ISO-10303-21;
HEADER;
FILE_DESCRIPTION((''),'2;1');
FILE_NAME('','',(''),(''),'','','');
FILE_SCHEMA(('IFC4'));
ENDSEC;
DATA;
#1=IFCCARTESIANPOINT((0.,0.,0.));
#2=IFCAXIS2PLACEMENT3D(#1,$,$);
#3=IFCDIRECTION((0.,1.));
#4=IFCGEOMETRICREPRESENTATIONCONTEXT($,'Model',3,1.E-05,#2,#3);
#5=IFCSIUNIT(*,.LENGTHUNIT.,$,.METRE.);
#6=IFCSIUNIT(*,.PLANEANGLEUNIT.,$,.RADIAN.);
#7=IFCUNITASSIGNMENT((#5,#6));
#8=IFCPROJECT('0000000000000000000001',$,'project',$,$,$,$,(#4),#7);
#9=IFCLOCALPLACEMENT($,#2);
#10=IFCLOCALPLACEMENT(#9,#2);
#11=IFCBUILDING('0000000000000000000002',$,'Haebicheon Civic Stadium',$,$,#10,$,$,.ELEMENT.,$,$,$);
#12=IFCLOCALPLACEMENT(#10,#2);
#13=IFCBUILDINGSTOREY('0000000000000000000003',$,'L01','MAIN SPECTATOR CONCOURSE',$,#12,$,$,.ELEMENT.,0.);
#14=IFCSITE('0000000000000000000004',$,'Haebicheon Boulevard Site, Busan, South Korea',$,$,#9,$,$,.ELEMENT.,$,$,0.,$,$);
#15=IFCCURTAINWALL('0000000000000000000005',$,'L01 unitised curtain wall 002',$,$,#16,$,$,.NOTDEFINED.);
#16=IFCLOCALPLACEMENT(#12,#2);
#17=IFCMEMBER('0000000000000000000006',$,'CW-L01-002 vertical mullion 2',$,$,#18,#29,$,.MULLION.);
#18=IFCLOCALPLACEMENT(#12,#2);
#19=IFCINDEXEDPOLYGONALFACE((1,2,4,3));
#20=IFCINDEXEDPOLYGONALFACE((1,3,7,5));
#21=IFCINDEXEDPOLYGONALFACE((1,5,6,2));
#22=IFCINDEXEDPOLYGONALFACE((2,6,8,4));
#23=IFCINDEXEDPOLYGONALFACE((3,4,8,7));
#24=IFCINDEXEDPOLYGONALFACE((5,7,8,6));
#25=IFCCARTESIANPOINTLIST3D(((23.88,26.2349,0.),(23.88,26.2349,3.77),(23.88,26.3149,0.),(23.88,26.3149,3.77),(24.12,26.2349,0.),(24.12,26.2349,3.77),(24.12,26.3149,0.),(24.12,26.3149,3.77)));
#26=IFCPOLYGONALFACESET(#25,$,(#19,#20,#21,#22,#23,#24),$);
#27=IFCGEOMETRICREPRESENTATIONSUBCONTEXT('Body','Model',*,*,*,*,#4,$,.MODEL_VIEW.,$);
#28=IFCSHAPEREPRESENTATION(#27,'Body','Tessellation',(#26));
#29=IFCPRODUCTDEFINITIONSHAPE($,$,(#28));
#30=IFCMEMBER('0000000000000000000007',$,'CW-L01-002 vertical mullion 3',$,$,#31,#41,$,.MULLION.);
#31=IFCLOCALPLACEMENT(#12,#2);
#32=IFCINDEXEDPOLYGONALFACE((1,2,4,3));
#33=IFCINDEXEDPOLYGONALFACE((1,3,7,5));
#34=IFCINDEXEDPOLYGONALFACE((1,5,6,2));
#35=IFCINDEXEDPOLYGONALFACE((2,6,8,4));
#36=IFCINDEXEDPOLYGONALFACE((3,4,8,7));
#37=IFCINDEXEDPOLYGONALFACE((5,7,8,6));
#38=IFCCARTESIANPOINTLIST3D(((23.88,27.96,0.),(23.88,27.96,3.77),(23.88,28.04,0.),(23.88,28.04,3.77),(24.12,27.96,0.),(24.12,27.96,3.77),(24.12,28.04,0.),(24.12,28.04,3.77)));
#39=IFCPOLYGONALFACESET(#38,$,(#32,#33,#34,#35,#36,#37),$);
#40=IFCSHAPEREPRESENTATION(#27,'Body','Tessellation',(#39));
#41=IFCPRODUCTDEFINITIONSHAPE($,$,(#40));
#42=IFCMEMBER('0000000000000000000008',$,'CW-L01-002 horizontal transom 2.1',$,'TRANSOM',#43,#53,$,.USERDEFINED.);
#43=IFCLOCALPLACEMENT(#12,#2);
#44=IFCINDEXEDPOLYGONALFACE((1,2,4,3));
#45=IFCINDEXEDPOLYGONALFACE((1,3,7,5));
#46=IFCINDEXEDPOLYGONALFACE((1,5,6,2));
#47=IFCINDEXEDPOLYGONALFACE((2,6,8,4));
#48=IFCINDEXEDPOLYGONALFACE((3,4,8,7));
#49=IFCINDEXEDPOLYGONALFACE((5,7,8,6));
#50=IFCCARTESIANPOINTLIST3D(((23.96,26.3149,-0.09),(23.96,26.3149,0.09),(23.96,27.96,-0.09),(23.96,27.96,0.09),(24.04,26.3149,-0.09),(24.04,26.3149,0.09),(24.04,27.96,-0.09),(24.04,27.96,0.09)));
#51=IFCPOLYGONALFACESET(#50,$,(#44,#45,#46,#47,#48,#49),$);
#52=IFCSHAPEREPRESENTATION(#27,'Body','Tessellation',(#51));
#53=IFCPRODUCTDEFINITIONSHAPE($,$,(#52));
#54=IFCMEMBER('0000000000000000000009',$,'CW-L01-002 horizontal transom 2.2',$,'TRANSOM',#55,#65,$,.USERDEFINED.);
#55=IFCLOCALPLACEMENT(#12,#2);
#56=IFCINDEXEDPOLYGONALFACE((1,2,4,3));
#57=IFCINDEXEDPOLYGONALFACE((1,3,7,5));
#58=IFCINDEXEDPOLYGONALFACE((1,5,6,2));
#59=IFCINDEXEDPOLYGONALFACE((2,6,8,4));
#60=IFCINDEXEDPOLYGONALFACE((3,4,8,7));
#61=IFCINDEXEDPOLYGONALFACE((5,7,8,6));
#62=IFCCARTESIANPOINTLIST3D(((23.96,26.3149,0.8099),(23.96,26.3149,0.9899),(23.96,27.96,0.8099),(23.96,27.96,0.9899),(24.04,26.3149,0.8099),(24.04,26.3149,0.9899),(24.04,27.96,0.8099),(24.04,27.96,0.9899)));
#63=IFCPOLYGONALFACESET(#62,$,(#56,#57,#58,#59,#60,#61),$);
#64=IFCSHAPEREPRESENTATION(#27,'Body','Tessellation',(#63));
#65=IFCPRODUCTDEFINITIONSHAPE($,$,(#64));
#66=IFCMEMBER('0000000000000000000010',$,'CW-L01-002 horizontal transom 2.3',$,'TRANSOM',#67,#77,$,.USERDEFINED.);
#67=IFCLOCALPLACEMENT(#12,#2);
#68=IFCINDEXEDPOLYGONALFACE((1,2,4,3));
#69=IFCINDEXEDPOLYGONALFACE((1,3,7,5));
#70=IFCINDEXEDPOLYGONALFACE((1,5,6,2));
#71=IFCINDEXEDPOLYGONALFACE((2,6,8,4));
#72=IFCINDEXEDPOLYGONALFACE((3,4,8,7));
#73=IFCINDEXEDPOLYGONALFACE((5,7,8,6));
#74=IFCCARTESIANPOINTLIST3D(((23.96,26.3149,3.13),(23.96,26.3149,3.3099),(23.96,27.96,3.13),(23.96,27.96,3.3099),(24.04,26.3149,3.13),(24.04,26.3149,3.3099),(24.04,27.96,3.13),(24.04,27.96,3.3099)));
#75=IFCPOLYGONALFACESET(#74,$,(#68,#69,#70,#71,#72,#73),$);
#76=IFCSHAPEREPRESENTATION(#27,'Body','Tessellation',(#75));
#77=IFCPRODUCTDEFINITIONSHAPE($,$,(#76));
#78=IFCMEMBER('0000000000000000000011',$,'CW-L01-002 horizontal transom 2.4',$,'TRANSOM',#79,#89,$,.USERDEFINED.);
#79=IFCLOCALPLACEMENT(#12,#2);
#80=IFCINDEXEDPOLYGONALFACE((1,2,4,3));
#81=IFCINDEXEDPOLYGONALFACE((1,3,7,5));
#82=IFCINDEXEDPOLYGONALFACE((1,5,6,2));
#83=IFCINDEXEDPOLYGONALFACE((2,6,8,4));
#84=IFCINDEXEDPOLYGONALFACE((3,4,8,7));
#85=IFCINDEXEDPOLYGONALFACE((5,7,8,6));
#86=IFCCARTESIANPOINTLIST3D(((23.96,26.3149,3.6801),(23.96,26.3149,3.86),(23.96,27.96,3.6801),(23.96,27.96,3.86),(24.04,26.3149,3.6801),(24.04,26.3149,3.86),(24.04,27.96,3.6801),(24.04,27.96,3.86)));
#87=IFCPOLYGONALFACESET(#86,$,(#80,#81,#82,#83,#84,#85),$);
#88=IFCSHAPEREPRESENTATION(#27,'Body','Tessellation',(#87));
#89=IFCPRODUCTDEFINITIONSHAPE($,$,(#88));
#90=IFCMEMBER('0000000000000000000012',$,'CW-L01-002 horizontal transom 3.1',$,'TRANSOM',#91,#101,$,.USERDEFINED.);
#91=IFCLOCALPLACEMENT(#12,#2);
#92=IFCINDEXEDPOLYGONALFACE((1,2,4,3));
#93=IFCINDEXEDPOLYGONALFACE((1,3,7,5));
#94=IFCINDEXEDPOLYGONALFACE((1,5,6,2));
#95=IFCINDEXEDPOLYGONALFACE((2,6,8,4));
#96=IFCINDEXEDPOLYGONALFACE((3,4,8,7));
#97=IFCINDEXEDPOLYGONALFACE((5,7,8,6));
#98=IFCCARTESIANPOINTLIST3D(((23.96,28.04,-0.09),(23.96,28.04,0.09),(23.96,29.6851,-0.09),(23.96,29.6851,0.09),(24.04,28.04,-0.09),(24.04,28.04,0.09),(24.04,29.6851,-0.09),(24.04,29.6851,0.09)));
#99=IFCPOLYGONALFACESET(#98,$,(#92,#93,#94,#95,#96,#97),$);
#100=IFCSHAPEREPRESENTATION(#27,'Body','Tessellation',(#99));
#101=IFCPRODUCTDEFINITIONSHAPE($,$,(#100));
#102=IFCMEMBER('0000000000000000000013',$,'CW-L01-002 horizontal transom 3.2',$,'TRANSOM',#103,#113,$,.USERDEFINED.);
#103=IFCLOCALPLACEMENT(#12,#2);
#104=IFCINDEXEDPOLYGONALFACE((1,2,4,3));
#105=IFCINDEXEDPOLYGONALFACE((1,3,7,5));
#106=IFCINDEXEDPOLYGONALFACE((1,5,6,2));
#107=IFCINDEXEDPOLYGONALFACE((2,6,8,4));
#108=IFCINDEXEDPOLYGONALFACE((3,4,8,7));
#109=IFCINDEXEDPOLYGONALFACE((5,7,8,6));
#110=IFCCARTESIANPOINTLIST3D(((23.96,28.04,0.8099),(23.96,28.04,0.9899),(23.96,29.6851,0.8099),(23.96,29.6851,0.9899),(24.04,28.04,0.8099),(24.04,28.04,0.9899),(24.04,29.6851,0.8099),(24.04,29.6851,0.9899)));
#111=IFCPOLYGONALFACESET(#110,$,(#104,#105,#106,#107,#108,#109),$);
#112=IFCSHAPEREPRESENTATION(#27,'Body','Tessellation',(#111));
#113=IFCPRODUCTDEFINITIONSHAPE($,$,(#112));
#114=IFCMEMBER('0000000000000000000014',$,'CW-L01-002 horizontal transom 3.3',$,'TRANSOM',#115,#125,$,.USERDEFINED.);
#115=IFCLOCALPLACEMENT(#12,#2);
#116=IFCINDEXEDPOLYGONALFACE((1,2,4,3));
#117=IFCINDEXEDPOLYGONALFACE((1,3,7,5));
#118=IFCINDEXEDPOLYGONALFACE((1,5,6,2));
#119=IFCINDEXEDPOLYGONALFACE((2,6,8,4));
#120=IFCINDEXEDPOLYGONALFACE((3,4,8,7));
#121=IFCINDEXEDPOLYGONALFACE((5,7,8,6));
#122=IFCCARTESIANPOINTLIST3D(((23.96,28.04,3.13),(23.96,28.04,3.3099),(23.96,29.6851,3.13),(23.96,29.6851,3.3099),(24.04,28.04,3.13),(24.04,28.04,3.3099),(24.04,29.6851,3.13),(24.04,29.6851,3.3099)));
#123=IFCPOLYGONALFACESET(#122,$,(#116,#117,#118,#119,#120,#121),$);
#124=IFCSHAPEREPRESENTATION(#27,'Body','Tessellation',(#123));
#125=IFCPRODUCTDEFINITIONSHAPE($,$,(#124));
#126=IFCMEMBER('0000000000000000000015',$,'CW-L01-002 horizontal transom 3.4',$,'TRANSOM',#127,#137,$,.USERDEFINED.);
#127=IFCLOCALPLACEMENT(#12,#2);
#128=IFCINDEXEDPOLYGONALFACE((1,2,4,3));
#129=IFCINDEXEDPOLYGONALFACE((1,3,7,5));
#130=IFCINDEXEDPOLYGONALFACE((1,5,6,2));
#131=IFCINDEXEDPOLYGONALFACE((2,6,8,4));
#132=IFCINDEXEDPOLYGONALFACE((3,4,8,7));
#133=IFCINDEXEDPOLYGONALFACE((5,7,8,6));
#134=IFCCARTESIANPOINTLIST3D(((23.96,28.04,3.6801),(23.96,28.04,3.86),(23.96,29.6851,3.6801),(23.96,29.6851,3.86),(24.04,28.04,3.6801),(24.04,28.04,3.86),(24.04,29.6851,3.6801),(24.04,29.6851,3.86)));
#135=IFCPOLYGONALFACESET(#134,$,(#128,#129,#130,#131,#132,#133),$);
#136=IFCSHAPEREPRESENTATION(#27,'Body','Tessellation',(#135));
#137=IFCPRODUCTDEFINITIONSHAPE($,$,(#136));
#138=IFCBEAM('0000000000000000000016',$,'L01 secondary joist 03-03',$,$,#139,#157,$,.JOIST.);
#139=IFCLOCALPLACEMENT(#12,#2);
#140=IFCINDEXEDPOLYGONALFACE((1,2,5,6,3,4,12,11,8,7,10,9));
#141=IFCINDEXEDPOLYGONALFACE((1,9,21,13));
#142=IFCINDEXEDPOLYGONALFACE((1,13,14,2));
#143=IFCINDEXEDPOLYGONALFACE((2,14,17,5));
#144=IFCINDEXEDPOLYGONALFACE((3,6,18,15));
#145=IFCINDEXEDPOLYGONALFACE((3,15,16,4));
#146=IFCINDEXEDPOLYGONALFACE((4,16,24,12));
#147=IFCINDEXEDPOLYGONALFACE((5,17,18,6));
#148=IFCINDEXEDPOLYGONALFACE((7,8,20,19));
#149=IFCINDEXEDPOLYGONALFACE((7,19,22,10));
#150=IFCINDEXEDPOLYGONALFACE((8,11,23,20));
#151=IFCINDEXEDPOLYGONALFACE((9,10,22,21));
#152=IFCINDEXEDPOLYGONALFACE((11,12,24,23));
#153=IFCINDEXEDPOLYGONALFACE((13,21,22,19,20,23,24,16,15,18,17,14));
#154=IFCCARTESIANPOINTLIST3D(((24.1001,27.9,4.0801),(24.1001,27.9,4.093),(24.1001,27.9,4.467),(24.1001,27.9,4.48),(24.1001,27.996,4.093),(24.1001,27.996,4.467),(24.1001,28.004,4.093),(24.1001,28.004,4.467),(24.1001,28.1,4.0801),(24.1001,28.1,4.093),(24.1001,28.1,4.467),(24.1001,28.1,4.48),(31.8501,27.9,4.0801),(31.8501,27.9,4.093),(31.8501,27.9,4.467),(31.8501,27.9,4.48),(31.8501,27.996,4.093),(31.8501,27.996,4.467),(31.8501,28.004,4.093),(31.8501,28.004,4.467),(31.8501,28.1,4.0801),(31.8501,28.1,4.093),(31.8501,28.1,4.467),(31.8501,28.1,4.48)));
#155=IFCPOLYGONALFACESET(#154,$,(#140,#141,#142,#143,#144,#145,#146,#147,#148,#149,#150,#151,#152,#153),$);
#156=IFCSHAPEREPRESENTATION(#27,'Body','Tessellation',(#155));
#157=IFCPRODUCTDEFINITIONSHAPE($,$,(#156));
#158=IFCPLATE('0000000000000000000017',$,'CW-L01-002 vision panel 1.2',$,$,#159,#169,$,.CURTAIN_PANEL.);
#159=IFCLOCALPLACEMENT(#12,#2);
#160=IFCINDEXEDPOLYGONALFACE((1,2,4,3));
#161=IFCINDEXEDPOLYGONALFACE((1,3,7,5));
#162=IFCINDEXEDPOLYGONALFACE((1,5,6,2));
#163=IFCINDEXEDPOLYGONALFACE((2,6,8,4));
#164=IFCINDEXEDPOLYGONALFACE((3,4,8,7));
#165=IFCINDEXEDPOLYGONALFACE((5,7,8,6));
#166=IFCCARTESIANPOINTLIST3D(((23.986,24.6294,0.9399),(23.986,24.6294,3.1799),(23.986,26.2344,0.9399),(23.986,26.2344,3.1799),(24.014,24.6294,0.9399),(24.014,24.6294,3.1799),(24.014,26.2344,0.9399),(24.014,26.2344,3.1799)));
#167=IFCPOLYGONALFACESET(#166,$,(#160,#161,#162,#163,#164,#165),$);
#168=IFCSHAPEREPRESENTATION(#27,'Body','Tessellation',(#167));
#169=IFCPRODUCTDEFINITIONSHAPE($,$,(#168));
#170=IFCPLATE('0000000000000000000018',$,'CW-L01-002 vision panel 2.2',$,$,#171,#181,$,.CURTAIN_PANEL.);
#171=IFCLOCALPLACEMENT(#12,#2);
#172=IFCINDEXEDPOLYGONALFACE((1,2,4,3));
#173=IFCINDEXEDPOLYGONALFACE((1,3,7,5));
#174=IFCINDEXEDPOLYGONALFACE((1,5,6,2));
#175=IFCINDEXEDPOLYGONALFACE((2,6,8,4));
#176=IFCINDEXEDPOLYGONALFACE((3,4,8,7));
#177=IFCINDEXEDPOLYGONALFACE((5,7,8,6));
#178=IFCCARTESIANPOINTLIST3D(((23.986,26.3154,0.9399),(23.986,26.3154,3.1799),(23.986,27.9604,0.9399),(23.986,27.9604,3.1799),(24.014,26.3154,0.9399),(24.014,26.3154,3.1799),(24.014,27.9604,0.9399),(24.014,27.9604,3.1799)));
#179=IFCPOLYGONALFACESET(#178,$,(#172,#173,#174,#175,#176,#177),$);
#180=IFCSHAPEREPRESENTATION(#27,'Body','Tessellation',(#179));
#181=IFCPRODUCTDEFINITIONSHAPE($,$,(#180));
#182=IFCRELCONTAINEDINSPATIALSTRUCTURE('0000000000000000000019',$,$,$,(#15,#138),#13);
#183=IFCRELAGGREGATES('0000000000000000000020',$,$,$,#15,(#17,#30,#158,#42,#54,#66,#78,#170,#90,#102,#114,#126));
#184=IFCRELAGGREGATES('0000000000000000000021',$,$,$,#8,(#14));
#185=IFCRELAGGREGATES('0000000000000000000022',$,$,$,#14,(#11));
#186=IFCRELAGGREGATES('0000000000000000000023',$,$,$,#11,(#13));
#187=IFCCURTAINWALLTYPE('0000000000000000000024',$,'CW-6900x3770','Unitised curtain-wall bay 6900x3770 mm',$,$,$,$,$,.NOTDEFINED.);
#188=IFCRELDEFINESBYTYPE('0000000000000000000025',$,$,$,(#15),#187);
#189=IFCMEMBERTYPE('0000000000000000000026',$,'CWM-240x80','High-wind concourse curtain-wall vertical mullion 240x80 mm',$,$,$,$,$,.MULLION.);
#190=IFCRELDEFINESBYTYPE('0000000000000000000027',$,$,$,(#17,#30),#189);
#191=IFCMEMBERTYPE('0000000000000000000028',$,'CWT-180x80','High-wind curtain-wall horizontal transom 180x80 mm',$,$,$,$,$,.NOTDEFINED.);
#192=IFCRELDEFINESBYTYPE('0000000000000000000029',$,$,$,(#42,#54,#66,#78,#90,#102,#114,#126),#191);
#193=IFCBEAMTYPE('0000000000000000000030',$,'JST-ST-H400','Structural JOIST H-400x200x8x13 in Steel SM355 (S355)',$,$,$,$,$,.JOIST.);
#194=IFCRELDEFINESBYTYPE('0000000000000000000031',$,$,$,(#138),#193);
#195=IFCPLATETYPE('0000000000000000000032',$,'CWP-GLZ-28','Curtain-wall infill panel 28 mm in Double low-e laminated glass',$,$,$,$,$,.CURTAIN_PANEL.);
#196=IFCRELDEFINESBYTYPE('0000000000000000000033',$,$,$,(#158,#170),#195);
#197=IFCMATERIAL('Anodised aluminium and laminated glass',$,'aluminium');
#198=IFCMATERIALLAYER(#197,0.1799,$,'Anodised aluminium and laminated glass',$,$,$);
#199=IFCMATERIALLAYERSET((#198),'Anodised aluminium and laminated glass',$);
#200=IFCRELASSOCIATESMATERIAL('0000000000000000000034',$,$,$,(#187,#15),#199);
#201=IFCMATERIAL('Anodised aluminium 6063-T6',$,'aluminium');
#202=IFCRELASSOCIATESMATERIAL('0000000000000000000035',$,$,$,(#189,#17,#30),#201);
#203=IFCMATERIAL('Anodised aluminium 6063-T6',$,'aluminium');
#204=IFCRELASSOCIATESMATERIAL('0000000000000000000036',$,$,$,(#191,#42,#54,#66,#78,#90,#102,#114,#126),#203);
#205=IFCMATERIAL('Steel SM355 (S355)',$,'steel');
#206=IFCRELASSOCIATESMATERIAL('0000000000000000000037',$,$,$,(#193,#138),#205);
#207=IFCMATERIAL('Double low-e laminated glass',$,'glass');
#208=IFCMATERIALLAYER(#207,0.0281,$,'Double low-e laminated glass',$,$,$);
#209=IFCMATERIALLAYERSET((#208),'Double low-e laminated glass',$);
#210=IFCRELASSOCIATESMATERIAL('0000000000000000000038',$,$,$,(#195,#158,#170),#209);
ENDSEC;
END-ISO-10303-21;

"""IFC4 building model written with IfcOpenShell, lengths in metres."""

from ifc_helpers import new_model, si_unit, direction, frame, origin, origin_2d, place, context, subcontext, project, spatial, rectangle, i_section, extrude, material, layer, layer_set, material_profile, profile_set, type_object, element, aggregate, save


model = new_model("IFC4")

# Units and contexts
model_context = context("Model", 3, precision=1e-05, world=origin(), true_north=direction((0.0, 1.0)))
body_context = subcontext(model_context, "Body", "Model", "MODEL_VIEW")
ifc_project = project(units=[si_unit("LENGTHUNIT", "METRE"), si_unit("PLANEANGLEUNIT", "RADIAN")], contexts=[model_context])

# Site, building, storey
site_placement = place(None, origin())
site = spatial("IfcSite", under=ifc_project, at=site_placement, Name="Haebicheon Boulevard Site, Busan, South Korea", CompositionType="ELEMENT", RefElevation=0.0)
building_placement = place(site_placement, origin())
building = spatial("IfcBuilding", under=site, at=building_placement, Name="Haebicheon Civic Stadium", CompositionType="ELEMENT")
storey_placement = place(building_placement, origin())
storey = spatial("IfcBuildingStorey", under=building, at=storey_placement, Name="L01", Description="MAIN SPECTATOR CONCOURSE", CompositionType="ELEMENT", Elevation=0.0)

# Curtain wall, members
ifc_material_1 = material(Name="Anodised aluminium and laminated glass", Category="aluminium")
ifc_layer_1 = layer(ifc_material_1, 0.1799, Name="Anodised aluminium and laminated glass")
ifc_layer_set_1 = layer_set([ifc_layer_1], Name="Anodised aluminium and laminated glass")
curtain_wall_type = type_object("IfcCurtainWallType", Name="CW-6900x3770", Description="Unitised curtain-wall bay 6900x3770 mm", PredefinedType="NOTDEFINED", material=ifc_layer_set_1)
curtain_wall_placement = place(storey_placement, origin())
curtain_wall = element("IfcCurtainWall", 1, at=curtain_wall_placement, inside=storey, type_object=curtain_wall_type, material=ifc_layer_set_1, Name="L01 unitised curtain wall 002", PredefinedType="NOTDEFINED")
ifc_material_2 = material(Name="Anodised aluminium 6063-T6", Category="aluminium")
ifc_material_profile_1 = material_profile(ifc_material_2, rectangle(XDim=0.0801, YDim=0.24, at=origin_2d()), Name="ALU-MULL-80x240")
ifc_profile_set_1 = profile_set([ifc_material_profile_1], Name="Anodised aluminium 6063-T6")
member_type_1 = type_object("IfcMemberType", Name="CWM-240x80", Description="High-wind concourse curtain-wall vertical mullion 240x80 mm", PredefinedType="MULLION", material=ifc_profile_set_1)
member_1_placement = place(storey_placement, frame((24.0, 26.2749, 0.0), z_axis=(0.0, 0.0, 1.0), x_axis=(0.0, 1.0, 0.0)))
member_1 = element("IfcMember", 2, at=member_1_placement, type_object=member_type_1, material=ifc_profile_set_1, Name="CW-L01-002 vertical mullion 2", PredefinedType="MULLION", context=body_context, shape_type="SweptSolid", body=[
    extrude(rectangle(XDim=0.0801, YDim=0.24, at=origin_2d()), origin(), (0.0, 0.0, 1.0), 3.77),
])
member_2_placement = place(storey_placement, frame((24.0, 28.0, 0.0), z_axis=(0.0, 0.0, 1.0), x_axis=(0.0, 1.0, 0.0)))
member_2 = element("IfcMember", 3, at=member_2_placement, type_object=member_type_1, material=ifc_profile_set_1, Name="CW-L01-002 vertical mullion 3", PredefinedType="MULLION", context=body_context, shape_type="SweptSolid", body=[
    extrude(rectangle(XDim=0.0801, YDim=0.24, at=origin_2d()), origin(), (0.0, 0.0, 1.0), 3.77),
])
ifc_material_3 = material(Name="Anodised aluminium 6063-T6", Category="aluminium")
ifc_material_profile_2 = material_profile(ifc_material_3, rectangle(XDim=0.0801, YDim=0.1799, at=origin_2d()), Name="ALU-TRAN-80x180")
ifc_profile_set_2 = profile_set([ifc_material_profile_2], Name="Anodised aluminium 6063-T6")
member_type_2 = type_object("IfcMemberType", Name="CWT-180x80", Description="High-wind curtain-wall horizontal transom 180x80 mm", PredefinedType="NOTDEFINED", material=ifc_profile_set_2)
member_3_placement = place(storey_placement, frame((24.0, 26.3149, 0.0), z_axis=(0.0, 1.0, 0.0), x_axis=(-1.0, 0.0, 0.0)))
member_3 = element("IfcMember", 4, at=member_3_placement, type_object=member_type_2, material=ifc_profile_set_2, Name="CW-L01-002 horizontal transom 2.1", ObjectType="TRANSOM", PredefinedType="USERDEFINED", context=body_context, shape_type="SweptSolid", body=[
    extrude(rectangle(XDim=0.0801, YDim=0.1799, at=origin_2d()), origin(), (0.0, 0.0, 1.0), 1.645),
])
member_4_placement = place(storey_placement, frame((24.0, 26.3149, 0.8999), z_axis=(0.0, 1.0, 0.0), x_axis=(-1.0, 0.0, 0.0)))
member_4 = element("IfcMember", 5, at=member_4_placement, type_object=member_type_2, material=ifc_profile_set_2, Name="CW-L01-002 horizontal transom 2.2", ObjectType="TRANSOM", PredefinedType="USERDEFINED", context=body_context, shape_type="SweptSolid", body=[
    extrude(rectangle(XDim=0.0801, YDim=0.1799, at=origin_2d()), origin(), (0.0, 0.0, 1.0), 1.645),
])
member_5_placement = place(storey_placement, frame((24.0, 26.3149, 3.22), z_axis=(0.0, 1.0, 0.0), x_axis=(-1.0, 0.0, 0.0)))
member_5 = element("IfcMember", 6, at=member_5_placement, type_object=member_type_2, material=ifc_profile_set_2, Name="CW-L01-002 horizontal transom 2.3", ObjectType="TRANSOM", PredefinedType="USERDEFINED", context=body_context, shape_type="SweptSolid", body=[
    extrude(rectangle(XDim=0.0801, YDim=0.1799, at=origin_2d()), origin(), (0.0, 0.0, 1.0), 1.645),
])
member_6_placement = place(storey_placement, frame((24.0, 26.3149, 3.77), z_axis=(0.0, 1.0, 0.0), x_axis=(-1.0, 0.0, 0.0)))
member_6 = element("IfcMember", 7, at=member_6_placement, type_object=member_type_2, material=ifc_profile_set_2, Name="CW-L01-002 horizontal transom 2.4", ObjectType="TRANSOM", PredefinedType="USERDEFINED", context=body_context, shape_type="SweptSolid", body=[
    extrude(rectangle(XDim=0.0801, YDim=0.1799, at=origin_2d()), origin(), (0.0, 0.0, 1.0), 1.645),
])
member_7_placement = place(storey_placement, frame((24.0, 28.04, 0.0), z_axis=(0.0, 1.0, 0.0), x_axis=(-1.0, 0.0, 0.0)))
member_7 = element("IfcMember", 8, at=member_7_placement, type_object=member_type_2, material=ifc_profile_set_2, Name="CW-L01-002 horizontal transom 3.1", ObjectType="TRANSOM", PredefinedType="USERDEFINED", context=body_context, shape_type="SweptSolid", body=[
    extrude(rectangle(XDim=0.0801, YDim=0.1799, at=origin_2d()), origin(), (0.0, 0.0, 1.0), 1.645),
])
member_8_placement = place(storey_placement, frame((24.0, 28.04, 0.8999), z_axis=(0.0, 1.0, 0.0), x_axis=(-1.0, 0.0, 0.0)))
member_8 = element("IfcMember", 9, at=member_8_placement, type_object=member_type_2, material=ifc_profile_set_2, Name="CW-L01-002 horizontal transom 3.2", ObjectType="TRANSOM", PredefinedType="USERDEFINED", context=body_context, shape_type="SweptSolid", body=[
    extrude(rectangle(XDim=0.0801, YDim=0.1799, at=origin_2d()), origin(), (0.0, 0.0, 1.0), 1.645),
])
member_9_placement = place(storey_placement, frame((24.0, 28.04, 3.22), z_axis=(0.0, 1.0, 0.0), x_axis=(-1.0, 0.0, 0.0)))
member_9 = element("IfcMember", 10, at=member_9_placement, type_object=member_type_2, material=ifc_profile_set_2, Name="CW-L01-002 horizontal transom 3.3", ObjectType="TRANSOM", PredefinedType="USERDEFINED", context=body_context, shape_type="SweptSolid", body=[
    extrude(rectangle(XDim=0.0801, YDim=0.1799, at=origin_2d()), origin(), (0.0, 0.0, 1.0), 1.645),
])
member_10_placement = place(storey_placement, frame((24.0, 28.04, 3.77), z_axis=(0.0, 1.0, 0.0), x_axis=(-1.0, 0.0, 0.0)))
member_10 = element("IfcMember", 11, at=member_10_placement, type_object=member_type_2, material=ifc_profile_set_2, Name="CW-L01-002 horizontal transom 3.4", ObjectType="TRANSOM", PredefinedType="USERDEFINED", context=body_context, shape_type="SweptSolid", body=[
    extrude(rectangle(XDim=0.0801, YDim=0.1799, at=origin_2d()), origin(), (0.0, 0.0, 1.0), 1.645),
])

# Beam
ifc_material_4 = material(Name="Steel SM355 (S355)", Category="steel")
ifc_material_profile_3 = material_profile(ifc_material_4, i_section(OverallWidth=0.2, OverallDepth=0.3999, WebThickness=0.0081, FlangeThickness=0.0129, at=origin_2d()), Name="H-400x200x8x13")
ifc_profile_set_3 = profile_set([ifc_material_profile_3], Name="Steel SM355 (S355)")
beam_type = type_object("IfcBeamType", Name="JST-ST-H400", Description="Structural JOIST H-400x200x8x13 in Steel SM355 (S355)", PredefinedType="JOIST", material=ifc_profile_set_3)
beam_placement = place(storey_placement, frame((24.1001, 28.0, 4.28), z_axis=(1.0, 0.0, 0.0), x_axis=(0.0, 1.0, 0.0)))
element("IfcBeam", 12, at=beam_placement, inside=storey, type_object=beam_type, material=ifc_profile_set_3, Name="L01 secondary joist 03-03", PredefinedType="JOIST", context=body_context, shape_type="SweptSolid", body=[
    extrude(i_section(OverallWidth=0.2, OverallDepth=0.3999, WebThickness=0.0081, FlangeThickness=0.0129, at=origin_2d()), origin(), (0.0, 0.0, 1.0), 7.75),
])

# Plates
ifc_material_5 = material(Name="Double low-e laminated glass", Category="glass")
ifc_layer_2 = layer(ifc_material_5, 0.0281, Name="Double low-e laminated glass")
ifc_layer_set_2 = layer_set([ifc_layer_2], Name="Double low-e laminated glass")
plate_type_1 = type_object("IfcPlateType", Name="CWP-GLZ-28", Description="Curtain-wall infill panel 28 mm in Double low-e laminated glass", PredefinedType="CURTAIN_PANEL", material=ifc_layer_set_2)
plate_1_placement = place(storey_placement, frame((24.0, 25.4319, 0.9399), z_axis=(0.0, 0.0, 1.0), x_axis=(0.0, 1.0, 0.0)))
plate_1 = element("IfcPlate", 13, at=plate_1_placement, type_object=plate_type_1, material=ifc_layer_set_2, Name="CW-L01-002 vision panel 1.2", PredefinedType="CURTAIN_PANEL", context=body_context, shape_type="SweptSolid", body=[
    extrude(rectangle(XDim=1.605, YDim=0.0281, at=origin_2d()), origin(), (0.0, 0.0, 1.0), 2.24),
])
plate_2_placement = place(storey_placement, frame((24.0, 27.1379, 0.9399), z_axis=(0.0, 0.0, 1.0), x_axis=(0.0, 1.0, 0.0)))
plate_2 = element("IfcPlate", 14, at=plate_2_placement, type_object=plate_type_1, material=ifc_layer_set_2, Name="CW-L01-002 vision panel 2.2", PredefinedType="CURTAIN_PANEL", context=body_context, shape_type="SweptSolid", body=[
    extrude(rectangle(XDim=1.645, YDim=0.0281, at=origin_2d()), origin(), (0.0, 0.0, 1.0), 2.24),
])
aggregate(curtain_wall, [member_1, member_2, plate_1, member_3, member_4, member_5, member_6, plate_2, member_7, member_8, member_9, member_10])

save(model, "model.ifc")
